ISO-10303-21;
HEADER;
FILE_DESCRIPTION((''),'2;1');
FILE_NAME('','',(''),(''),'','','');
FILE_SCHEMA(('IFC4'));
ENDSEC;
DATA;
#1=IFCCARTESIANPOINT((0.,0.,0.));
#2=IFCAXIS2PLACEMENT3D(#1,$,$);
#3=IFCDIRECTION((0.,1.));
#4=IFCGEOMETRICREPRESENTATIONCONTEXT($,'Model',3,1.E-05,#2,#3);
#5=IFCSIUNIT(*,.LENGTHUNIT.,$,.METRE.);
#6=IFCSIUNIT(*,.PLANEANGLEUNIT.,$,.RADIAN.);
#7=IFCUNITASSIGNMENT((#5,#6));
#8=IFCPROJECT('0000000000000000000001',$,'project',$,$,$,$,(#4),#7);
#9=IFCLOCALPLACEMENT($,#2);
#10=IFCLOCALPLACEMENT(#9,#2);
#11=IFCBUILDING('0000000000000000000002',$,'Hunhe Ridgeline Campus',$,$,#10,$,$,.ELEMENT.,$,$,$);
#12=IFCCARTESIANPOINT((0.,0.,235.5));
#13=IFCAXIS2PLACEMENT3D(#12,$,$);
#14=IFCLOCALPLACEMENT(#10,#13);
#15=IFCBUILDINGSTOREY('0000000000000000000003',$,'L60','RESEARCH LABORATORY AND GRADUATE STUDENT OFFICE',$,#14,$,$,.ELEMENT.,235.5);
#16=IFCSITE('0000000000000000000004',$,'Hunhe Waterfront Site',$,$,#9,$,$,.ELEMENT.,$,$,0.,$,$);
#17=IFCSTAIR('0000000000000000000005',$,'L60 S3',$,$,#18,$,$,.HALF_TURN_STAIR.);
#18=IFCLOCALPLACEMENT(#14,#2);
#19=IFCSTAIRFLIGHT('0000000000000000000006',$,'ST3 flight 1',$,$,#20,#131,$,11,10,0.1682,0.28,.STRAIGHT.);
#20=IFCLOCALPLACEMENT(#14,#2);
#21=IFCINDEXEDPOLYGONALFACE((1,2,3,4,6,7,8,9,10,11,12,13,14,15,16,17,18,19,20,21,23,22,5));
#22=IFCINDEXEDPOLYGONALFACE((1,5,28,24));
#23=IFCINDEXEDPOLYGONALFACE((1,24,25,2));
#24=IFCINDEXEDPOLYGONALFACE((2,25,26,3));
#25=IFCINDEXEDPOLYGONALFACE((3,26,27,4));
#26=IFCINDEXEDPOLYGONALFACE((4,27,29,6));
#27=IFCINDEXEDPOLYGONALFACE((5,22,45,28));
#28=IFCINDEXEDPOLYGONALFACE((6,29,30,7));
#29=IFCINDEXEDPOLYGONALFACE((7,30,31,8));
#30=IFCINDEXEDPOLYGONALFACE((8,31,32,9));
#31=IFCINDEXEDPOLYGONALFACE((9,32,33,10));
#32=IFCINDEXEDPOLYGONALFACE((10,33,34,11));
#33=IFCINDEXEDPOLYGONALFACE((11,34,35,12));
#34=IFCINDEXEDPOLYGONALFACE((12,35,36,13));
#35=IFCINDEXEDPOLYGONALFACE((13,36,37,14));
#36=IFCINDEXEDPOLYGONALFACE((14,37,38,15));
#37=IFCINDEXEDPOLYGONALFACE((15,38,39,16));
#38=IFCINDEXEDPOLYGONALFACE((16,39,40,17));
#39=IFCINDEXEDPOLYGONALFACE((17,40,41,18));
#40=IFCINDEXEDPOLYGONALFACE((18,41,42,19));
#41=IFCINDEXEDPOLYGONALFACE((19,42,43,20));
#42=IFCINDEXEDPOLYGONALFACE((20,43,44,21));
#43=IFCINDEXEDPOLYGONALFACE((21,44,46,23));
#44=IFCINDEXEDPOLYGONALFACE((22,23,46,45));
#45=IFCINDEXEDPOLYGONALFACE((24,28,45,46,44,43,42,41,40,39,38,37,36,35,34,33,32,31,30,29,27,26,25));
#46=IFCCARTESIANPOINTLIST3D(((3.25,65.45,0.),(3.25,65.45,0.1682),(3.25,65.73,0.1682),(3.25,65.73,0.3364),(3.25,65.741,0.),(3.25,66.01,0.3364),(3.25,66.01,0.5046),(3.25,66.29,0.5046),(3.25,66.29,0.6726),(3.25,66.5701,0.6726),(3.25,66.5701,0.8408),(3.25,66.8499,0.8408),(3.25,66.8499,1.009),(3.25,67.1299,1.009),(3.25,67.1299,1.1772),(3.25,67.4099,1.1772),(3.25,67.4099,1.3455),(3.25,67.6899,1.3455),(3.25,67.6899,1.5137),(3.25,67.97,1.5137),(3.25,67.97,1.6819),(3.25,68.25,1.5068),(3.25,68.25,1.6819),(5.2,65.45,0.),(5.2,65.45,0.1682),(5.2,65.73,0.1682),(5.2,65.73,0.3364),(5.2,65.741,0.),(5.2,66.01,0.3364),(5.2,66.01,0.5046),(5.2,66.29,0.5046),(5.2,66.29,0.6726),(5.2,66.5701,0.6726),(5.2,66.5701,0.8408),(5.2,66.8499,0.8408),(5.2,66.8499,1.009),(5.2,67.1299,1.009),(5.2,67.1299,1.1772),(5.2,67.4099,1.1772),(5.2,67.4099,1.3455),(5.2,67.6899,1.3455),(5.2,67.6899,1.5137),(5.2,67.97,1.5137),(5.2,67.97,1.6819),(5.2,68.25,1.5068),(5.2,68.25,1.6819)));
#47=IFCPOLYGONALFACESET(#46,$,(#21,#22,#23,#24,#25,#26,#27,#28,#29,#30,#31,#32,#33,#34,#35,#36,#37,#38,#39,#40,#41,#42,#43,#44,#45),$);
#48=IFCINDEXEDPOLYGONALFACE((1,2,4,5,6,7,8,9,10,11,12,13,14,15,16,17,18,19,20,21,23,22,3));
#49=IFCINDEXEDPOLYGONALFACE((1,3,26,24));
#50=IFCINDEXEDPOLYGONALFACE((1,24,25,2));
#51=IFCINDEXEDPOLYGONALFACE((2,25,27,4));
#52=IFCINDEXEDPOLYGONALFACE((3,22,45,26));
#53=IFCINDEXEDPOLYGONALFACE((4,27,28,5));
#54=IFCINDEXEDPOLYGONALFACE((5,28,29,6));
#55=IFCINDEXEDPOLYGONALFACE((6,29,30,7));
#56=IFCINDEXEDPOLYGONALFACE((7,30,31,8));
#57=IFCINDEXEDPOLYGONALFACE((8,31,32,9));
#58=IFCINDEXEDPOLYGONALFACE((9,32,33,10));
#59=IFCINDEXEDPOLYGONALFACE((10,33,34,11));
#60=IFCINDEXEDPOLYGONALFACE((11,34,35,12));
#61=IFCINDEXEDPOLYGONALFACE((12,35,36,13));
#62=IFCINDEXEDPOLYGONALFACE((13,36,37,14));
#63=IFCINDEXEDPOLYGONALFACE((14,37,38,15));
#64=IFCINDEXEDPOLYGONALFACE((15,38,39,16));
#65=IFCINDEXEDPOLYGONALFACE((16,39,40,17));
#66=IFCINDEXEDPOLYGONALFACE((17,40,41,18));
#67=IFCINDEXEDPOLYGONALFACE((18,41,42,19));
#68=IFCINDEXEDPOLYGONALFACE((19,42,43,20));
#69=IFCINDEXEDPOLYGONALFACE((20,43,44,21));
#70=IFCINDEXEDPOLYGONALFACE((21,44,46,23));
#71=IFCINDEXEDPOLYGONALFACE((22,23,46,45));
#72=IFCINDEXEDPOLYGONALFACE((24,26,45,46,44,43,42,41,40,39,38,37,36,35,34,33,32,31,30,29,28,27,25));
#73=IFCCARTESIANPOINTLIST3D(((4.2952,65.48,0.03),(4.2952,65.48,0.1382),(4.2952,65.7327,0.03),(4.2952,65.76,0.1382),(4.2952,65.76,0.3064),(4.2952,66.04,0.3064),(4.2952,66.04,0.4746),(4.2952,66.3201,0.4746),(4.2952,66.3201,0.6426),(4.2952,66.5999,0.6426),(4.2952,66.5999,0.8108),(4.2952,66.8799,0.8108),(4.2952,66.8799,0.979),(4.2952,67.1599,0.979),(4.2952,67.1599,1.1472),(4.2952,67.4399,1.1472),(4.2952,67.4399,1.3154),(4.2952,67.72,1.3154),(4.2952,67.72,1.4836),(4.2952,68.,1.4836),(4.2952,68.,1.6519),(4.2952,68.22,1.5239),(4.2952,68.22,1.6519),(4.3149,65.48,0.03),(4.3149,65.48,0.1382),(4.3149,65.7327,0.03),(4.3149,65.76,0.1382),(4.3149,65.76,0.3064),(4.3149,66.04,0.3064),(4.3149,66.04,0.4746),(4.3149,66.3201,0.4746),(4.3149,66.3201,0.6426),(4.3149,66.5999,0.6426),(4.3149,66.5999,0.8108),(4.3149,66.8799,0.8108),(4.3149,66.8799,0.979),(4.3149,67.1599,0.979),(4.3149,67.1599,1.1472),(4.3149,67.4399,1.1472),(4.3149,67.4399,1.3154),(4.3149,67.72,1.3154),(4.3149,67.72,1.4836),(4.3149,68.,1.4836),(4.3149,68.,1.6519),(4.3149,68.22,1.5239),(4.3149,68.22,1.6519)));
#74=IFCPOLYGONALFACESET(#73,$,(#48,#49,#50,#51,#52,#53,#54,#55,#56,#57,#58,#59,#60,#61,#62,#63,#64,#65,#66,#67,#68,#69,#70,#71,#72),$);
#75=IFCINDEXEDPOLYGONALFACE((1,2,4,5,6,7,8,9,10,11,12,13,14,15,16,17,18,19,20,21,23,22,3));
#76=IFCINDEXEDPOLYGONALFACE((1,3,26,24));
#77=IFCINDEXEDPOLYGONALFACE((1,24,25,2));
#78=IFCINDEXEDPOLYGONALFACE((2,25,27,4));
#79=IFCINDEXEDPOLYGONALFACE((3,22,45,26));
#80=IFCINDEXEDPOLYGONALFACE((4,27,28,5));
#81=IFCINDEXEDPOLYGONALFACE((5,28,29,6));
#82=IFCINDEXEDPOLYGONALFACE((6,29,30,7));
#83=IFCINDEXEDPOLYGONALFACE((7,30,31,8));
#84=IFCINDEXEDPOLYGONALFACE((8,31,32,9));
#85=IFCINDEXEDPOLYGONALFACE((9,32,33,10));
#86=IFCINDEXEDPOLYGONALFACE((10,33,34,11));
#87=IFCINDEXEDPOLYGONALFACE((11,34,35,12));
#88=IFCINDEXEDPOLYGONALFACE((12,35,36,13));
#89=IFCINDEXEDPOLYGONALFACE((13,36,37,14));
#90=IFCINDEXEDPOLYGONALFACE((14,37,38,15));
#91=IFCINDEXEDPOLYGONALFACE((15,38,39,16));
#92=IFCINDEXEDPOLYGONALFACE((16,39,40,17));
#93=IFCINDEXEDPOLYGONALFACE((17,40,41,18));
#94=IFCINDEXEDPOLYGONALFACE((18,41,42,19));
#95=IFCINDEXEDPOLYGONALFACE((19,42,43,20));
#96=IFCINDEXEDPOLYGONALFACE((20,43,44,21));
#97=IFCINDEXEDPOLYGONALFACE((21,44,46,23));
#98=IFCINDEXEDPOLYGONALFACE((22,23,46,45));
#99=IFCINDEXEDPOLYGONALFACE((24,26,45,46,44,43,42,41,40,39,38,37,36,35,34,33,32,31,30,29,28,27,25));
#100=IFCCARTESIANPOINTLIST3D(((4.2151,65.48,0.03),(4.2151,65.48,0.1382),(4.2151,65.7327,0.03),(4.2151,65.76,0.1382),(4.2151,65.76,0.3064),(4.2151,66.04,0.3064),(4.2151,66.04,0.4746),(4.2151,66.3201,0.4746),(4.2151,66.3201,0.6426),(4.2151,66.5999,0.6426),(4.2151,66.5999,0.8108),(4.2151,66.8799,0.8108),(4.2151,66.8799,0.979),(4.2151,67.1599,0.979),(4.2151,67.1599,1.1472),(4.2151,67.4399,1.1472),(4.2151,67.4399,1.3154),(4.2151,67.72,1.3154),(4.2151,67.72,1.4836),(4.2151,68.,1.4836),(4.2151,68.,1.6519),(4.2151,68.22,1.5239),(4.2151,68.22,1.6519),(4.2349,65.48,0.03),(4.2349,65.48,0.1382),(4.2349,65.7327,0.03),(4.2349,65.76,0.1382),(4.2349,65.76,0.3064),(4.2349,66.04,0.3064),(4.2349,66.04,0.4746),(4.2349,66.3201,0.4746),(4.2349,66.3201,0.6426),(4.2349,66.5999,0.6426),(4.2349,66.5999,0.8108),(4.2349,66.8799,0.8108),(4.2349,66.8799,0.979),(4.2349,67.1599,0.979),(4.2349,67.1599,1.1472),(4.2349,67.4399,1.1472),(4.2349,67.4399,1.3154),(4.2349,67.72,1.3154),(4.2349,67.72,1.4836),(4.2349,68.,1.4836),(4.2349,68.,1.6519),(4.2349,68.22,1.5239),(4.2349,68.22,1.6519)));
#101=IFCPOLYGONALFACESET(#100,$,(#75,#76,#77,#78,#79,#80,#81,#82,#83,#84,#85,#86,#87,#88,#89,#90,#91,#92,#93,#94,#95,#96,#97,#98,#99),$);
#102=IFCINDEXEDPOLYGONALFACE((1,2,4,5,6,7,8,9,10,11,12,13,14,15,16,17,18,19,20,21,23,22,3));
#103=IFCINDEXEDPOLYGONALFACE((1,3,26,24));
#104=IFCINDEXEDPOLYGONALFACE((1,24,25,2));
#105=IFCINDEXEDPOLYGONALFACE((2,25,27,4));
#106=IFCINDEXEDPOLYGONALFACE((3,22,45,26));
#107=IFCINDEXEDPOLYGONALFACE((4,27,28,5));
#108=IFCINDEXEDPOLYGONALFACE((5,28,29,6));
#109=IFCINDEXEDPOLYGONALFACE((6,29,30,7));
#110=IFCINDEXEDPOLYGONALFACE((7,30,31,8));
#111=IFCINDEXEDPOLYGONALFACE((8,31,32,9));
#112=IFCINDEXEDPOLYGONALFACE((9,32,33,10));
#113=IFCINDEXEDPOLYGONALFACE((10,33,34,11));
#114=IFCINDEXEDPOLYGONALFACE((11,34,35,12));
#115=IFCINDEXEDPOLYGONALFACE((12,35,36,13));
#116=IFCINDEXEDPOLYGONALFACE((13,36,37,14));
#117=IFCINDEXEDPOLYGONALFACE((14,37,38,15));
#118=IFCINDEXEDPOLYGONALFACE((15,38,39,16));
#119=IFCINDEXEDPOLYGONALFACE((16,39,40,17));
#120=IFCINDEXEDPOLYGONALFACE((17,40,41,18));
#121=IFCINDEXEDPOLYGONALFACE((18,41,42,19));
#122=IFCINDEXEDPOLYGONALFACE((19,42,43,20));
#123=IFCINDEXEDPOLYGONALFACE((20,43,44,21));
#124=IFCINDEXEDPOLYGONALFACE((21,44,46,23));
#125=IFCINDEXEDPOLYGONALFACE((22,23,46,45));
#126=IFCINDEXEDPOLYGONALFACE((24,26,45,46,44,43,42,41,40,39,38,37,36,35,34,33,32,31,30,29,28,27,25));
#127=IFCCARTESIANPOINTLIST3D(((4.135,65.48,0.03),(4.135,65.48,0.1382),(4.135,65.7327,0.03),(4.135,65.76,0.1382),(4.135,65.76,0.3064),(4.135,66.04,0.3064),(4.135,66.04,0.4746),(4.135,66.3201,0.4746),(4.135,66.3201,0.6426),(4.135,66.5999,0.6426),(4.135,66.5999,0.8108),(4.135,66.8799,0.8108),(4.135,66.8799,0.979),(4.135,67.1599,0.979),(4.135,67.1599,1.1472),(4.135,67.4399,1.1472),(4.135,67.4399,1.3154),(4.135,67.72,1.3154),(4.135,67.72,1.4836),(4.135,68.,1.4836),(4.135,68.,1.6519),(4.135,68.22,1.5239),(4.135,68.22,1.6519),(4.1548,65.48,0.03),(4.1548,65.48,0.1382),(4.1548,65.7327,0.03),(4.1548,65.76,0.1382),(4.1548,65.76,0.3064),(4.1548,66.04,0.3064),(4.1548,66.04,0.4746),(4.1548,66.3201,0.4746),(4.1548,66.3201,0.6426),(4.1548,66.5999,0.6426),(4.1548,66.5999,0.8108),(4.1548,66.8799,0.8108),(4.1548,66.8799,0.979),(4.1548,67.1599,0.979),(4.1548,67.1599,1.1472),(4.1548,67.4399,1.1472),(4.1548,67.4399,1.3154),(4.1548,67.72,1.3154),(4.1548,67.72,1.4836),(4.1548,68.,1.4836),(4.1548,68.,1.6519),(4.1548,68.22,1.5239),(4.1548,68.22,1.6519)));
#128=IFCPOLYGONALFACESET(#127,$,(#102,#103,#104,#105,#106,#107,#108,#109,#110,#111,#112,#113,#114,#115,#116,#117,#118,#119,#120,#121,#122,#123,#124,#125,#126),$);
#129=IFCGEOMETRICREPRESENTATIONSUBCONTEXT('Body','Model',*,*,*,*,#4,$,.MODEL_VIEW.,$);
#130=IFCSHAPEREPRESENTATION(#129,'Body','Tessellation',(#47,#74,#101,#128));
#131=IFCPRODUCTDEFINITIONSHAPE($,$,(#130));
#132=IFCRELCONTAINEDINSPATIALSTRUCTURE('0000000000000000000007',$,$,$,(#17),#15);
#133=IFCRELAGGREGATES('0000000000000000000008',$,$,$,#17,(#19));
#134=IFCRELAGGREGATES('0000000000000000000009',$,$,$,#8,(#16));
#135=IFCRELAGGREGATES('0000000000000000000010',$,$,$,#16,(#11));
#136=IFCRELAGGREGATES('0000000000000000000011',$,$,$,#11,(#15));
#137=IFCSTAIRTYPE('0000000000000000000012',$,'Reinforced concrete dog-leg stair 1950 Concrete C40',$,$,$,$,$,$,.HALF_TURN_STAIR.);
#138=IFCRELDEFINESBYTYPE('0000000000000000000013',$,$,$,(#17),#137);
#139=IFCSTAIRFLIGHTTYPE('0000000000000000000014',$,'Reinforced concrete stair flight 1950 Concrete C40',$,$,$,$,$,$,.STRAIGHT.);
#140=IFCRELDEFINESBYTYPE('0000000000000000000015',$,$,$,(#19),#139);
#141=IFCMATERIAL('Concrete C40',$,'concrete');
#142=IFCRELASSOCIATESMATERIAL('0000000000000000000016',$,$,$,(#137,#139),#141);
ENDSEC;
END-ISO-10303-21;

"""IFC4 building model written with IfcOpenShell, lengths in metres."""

from ifc_helpers import new_model, si_unit, direction, frame, origin, place, context, subcontext, project, spatial, polyline, outline, extrude, material, type_object, element, aggregate, save


model = new_model("IFC4")

# Units and contexts
model_context = context("Model", 3, precision=1e-05, world=origin(), true_north=direction((0.0, 1.0)))
body_context = subcontext(model_context, "Body", "Model", "MODEL_VIEW")
ifc_project = project(units=[si_unit("LENGTHUNIT", "METRE"), si_unit("PLANEANGLEUNIT", "RADIAN")], contexts=[model_context])

# Site, building, storey
site_placement = place(None, origin())
site = spatial("IfcSite", under=ifc_project, at=site_placement, Name="Hunhe Waterfront Site", CompositionType="ELEMENT", RefElevation=0.0)
building_placement = place(site_placement, origin())
building = spatial("IfcBuilding", under=site, at=building_placement, Name="Hunhe Ridgeline Campus", CompositionType="ELEMENT")
storey_placement = place(building_placement, frame((0.0, 0.0, 235.5)))
storey = spatial("IfcBuildingStorey", under=building, at=storey_placement, Name="L60", Description="RESEARCH LABORATORY AND GRADUATE STUDENT OFFICE", CompositionType="ELEMENT", Elevation=235.5)

# Stair, stair flight
ifc_material_1 = material(Name="Concrete C40", Category="concrete")
stair_type = type_object("IfcStairType", Name="Reinforced concrete dog-leg stair 1950 Concrete C40", PredefinedType="HALF_TURN_STAIR", material=ifc_material_1)
stair_1_placement = place(storey_placement, origin())
stair_1 = element("IfcStair", 1, at=stair_1_placement, inside=storey, type_object=stair_type, Name="L60 S3", PredefinedType="HALF_TURN_STAIR")
stair_flight_type = type_object("IfcStairFlightType", Name="Reinforced concrete stair flight 1950 Concrete C40", PredefinedType="STRAIGHT", material=ifc_material_1)
stair_flight_1_placement = place(storey_placement, frame((4.2251, 65.45, 0.0), z_axis=(0.0, 0.0, 1.0), x_axis=(0.0, 1.0, 0.0)))
stair_flight_1 = element("IfcStairFlight", 2, at=stair_flight_1_placement, type_object=stair_flight_type, Name="ST3 flight 1", NumberOfRisers=11, NumberOfTreads=10, PredefinedType="STRAIGHT", RiserHeight=0.1682, TreadLength=0.28, context=body_context, shape_type="SweptSolid", body=[
    extrude(outline(polyline([(0.0, 0.0), (0.0, 0.1682), (0.28, 0.1682), (0.28, 0.3364), (0.5601, 0.3364), (0.5601, 0.5046), (0.8401, 0.5046), (0.8401, 0.6726), (1.1201, 0.6726), (1.1201, 0.8408), (1.3999, 0.8408), (1.3999, 1.009), (1.6799, 1.009), (1.6799, 1.1772), (1.96, 1.1772), (1.96, 1.3455), (2.24, 1.3455), (2.24, 1.5137), (2.52, 1.5137), (2.52, 1.6819), (2.8, 1.6819), (2.8, 1.8501), (2.8, 1.5068), (0.291, 0.0), (0.0, 0.0)])), frame((0.0, 0.9751, 0.0), z_axis=(0.0, -1.0, 0.0), x_axis=(1.0, 0.0, 0.0)), (0.0, 0.0, 1.0), 1.95),
    extrude(outline(polyline([(0.03, 0.03), (0.03, 0.1382), (0.3101, 0.1382), (0.3101, 0.3064), (0.5901, 0.3064), (0.5901, 0.4746), (0.8701, 0.4746), (0.8701, 0.6426), (1.1499, 0.6426), (1.1499, 0.8108), (1.4299, 0.8108), (1.4299, 0.979), (1.71, 0.979), (1.71, 1.1472), (1.99, 1.1472), (1.99, 1.3154), (2.27, 1.3154), (2.27, 1.4836), (2.55, 1.4836), (2.55, 1.6519), (2.77, 1.6519), (2.77, 1.5239), (0.2827, 0.03), (0.03, 0.03)])), frame((0.0, -0.0701, 0.0), z_axis=(0.0, -1.0, 0.0), x_axis=(1.0, 0.0, 0.0)), (0.0, 0.0, 1.0), 0.0198),
    extrude(outline(polyline([(0.03, 0.03), (0.03, 0.1382), (0.3101, 0.1382), (0.3101, 0.3064), (0.5901, 0.3064), (0.5901, 0.4746), (0.8701, 0.4746), (0.8701, 0.6426), (1.1499, 0.6426), (1.1499, 0.8108), (1.4299, 0.8108), (1.4299, 0.979), (1.71, 0.979), (1.71, 1.1472), (1.99, 1.1472), (1.99, 1.3154), (2.27, 1.3154), (2.27, 1.4836), (2.55, 1.4836), (2.55, 1.6519), (2.77, 1.6519), (2.77, 1.5239), (0.2827, 0.03), (0.03, 0.03)])), frame((0.0, 0.01, 0.0), z_axis=(0.0, -1.0, 0.0), x_axis=(1.0, 0.0, 0.0)), (0.0, 0.0, 1.0), 0.0198),
    extrude(outline(polyline([(0.03, 0.03), (0.03, 0.1382), (0.3101, 0.1382), (0.3101, 0.3064), (0.5901, 0.3064), (0.5901, 0.4746), (0.8701, 0.4746), (0.8701, 0.6426), (1.1499, 0.6426), (1.1499, 0.8108), (1.4299, 0.8108), (1.4299, 0.979), (1.71, 0.979), (1.71, 1.1472), (1.99, 1.1472), (1.99, 1.3154), (2.27, 1.3154), (2.27, 1.4836), (2.55, 1.4836), (2.55, 1.6519), (2.77, 1.6519), (2.77, 1.5239), (0.2827, 0.03), (0.03, 0.03)])), frame((0.0, 0.0901, 0.0), z_axis=(0.0, -1.0, 0.0), x_axis=(1.0, 0.0, 0.0)), (0.0, 0.0, 1.0), 0.0198),
])
aggregate(stair_1, [stair_flight_1])

save(model, "model.ifc")
